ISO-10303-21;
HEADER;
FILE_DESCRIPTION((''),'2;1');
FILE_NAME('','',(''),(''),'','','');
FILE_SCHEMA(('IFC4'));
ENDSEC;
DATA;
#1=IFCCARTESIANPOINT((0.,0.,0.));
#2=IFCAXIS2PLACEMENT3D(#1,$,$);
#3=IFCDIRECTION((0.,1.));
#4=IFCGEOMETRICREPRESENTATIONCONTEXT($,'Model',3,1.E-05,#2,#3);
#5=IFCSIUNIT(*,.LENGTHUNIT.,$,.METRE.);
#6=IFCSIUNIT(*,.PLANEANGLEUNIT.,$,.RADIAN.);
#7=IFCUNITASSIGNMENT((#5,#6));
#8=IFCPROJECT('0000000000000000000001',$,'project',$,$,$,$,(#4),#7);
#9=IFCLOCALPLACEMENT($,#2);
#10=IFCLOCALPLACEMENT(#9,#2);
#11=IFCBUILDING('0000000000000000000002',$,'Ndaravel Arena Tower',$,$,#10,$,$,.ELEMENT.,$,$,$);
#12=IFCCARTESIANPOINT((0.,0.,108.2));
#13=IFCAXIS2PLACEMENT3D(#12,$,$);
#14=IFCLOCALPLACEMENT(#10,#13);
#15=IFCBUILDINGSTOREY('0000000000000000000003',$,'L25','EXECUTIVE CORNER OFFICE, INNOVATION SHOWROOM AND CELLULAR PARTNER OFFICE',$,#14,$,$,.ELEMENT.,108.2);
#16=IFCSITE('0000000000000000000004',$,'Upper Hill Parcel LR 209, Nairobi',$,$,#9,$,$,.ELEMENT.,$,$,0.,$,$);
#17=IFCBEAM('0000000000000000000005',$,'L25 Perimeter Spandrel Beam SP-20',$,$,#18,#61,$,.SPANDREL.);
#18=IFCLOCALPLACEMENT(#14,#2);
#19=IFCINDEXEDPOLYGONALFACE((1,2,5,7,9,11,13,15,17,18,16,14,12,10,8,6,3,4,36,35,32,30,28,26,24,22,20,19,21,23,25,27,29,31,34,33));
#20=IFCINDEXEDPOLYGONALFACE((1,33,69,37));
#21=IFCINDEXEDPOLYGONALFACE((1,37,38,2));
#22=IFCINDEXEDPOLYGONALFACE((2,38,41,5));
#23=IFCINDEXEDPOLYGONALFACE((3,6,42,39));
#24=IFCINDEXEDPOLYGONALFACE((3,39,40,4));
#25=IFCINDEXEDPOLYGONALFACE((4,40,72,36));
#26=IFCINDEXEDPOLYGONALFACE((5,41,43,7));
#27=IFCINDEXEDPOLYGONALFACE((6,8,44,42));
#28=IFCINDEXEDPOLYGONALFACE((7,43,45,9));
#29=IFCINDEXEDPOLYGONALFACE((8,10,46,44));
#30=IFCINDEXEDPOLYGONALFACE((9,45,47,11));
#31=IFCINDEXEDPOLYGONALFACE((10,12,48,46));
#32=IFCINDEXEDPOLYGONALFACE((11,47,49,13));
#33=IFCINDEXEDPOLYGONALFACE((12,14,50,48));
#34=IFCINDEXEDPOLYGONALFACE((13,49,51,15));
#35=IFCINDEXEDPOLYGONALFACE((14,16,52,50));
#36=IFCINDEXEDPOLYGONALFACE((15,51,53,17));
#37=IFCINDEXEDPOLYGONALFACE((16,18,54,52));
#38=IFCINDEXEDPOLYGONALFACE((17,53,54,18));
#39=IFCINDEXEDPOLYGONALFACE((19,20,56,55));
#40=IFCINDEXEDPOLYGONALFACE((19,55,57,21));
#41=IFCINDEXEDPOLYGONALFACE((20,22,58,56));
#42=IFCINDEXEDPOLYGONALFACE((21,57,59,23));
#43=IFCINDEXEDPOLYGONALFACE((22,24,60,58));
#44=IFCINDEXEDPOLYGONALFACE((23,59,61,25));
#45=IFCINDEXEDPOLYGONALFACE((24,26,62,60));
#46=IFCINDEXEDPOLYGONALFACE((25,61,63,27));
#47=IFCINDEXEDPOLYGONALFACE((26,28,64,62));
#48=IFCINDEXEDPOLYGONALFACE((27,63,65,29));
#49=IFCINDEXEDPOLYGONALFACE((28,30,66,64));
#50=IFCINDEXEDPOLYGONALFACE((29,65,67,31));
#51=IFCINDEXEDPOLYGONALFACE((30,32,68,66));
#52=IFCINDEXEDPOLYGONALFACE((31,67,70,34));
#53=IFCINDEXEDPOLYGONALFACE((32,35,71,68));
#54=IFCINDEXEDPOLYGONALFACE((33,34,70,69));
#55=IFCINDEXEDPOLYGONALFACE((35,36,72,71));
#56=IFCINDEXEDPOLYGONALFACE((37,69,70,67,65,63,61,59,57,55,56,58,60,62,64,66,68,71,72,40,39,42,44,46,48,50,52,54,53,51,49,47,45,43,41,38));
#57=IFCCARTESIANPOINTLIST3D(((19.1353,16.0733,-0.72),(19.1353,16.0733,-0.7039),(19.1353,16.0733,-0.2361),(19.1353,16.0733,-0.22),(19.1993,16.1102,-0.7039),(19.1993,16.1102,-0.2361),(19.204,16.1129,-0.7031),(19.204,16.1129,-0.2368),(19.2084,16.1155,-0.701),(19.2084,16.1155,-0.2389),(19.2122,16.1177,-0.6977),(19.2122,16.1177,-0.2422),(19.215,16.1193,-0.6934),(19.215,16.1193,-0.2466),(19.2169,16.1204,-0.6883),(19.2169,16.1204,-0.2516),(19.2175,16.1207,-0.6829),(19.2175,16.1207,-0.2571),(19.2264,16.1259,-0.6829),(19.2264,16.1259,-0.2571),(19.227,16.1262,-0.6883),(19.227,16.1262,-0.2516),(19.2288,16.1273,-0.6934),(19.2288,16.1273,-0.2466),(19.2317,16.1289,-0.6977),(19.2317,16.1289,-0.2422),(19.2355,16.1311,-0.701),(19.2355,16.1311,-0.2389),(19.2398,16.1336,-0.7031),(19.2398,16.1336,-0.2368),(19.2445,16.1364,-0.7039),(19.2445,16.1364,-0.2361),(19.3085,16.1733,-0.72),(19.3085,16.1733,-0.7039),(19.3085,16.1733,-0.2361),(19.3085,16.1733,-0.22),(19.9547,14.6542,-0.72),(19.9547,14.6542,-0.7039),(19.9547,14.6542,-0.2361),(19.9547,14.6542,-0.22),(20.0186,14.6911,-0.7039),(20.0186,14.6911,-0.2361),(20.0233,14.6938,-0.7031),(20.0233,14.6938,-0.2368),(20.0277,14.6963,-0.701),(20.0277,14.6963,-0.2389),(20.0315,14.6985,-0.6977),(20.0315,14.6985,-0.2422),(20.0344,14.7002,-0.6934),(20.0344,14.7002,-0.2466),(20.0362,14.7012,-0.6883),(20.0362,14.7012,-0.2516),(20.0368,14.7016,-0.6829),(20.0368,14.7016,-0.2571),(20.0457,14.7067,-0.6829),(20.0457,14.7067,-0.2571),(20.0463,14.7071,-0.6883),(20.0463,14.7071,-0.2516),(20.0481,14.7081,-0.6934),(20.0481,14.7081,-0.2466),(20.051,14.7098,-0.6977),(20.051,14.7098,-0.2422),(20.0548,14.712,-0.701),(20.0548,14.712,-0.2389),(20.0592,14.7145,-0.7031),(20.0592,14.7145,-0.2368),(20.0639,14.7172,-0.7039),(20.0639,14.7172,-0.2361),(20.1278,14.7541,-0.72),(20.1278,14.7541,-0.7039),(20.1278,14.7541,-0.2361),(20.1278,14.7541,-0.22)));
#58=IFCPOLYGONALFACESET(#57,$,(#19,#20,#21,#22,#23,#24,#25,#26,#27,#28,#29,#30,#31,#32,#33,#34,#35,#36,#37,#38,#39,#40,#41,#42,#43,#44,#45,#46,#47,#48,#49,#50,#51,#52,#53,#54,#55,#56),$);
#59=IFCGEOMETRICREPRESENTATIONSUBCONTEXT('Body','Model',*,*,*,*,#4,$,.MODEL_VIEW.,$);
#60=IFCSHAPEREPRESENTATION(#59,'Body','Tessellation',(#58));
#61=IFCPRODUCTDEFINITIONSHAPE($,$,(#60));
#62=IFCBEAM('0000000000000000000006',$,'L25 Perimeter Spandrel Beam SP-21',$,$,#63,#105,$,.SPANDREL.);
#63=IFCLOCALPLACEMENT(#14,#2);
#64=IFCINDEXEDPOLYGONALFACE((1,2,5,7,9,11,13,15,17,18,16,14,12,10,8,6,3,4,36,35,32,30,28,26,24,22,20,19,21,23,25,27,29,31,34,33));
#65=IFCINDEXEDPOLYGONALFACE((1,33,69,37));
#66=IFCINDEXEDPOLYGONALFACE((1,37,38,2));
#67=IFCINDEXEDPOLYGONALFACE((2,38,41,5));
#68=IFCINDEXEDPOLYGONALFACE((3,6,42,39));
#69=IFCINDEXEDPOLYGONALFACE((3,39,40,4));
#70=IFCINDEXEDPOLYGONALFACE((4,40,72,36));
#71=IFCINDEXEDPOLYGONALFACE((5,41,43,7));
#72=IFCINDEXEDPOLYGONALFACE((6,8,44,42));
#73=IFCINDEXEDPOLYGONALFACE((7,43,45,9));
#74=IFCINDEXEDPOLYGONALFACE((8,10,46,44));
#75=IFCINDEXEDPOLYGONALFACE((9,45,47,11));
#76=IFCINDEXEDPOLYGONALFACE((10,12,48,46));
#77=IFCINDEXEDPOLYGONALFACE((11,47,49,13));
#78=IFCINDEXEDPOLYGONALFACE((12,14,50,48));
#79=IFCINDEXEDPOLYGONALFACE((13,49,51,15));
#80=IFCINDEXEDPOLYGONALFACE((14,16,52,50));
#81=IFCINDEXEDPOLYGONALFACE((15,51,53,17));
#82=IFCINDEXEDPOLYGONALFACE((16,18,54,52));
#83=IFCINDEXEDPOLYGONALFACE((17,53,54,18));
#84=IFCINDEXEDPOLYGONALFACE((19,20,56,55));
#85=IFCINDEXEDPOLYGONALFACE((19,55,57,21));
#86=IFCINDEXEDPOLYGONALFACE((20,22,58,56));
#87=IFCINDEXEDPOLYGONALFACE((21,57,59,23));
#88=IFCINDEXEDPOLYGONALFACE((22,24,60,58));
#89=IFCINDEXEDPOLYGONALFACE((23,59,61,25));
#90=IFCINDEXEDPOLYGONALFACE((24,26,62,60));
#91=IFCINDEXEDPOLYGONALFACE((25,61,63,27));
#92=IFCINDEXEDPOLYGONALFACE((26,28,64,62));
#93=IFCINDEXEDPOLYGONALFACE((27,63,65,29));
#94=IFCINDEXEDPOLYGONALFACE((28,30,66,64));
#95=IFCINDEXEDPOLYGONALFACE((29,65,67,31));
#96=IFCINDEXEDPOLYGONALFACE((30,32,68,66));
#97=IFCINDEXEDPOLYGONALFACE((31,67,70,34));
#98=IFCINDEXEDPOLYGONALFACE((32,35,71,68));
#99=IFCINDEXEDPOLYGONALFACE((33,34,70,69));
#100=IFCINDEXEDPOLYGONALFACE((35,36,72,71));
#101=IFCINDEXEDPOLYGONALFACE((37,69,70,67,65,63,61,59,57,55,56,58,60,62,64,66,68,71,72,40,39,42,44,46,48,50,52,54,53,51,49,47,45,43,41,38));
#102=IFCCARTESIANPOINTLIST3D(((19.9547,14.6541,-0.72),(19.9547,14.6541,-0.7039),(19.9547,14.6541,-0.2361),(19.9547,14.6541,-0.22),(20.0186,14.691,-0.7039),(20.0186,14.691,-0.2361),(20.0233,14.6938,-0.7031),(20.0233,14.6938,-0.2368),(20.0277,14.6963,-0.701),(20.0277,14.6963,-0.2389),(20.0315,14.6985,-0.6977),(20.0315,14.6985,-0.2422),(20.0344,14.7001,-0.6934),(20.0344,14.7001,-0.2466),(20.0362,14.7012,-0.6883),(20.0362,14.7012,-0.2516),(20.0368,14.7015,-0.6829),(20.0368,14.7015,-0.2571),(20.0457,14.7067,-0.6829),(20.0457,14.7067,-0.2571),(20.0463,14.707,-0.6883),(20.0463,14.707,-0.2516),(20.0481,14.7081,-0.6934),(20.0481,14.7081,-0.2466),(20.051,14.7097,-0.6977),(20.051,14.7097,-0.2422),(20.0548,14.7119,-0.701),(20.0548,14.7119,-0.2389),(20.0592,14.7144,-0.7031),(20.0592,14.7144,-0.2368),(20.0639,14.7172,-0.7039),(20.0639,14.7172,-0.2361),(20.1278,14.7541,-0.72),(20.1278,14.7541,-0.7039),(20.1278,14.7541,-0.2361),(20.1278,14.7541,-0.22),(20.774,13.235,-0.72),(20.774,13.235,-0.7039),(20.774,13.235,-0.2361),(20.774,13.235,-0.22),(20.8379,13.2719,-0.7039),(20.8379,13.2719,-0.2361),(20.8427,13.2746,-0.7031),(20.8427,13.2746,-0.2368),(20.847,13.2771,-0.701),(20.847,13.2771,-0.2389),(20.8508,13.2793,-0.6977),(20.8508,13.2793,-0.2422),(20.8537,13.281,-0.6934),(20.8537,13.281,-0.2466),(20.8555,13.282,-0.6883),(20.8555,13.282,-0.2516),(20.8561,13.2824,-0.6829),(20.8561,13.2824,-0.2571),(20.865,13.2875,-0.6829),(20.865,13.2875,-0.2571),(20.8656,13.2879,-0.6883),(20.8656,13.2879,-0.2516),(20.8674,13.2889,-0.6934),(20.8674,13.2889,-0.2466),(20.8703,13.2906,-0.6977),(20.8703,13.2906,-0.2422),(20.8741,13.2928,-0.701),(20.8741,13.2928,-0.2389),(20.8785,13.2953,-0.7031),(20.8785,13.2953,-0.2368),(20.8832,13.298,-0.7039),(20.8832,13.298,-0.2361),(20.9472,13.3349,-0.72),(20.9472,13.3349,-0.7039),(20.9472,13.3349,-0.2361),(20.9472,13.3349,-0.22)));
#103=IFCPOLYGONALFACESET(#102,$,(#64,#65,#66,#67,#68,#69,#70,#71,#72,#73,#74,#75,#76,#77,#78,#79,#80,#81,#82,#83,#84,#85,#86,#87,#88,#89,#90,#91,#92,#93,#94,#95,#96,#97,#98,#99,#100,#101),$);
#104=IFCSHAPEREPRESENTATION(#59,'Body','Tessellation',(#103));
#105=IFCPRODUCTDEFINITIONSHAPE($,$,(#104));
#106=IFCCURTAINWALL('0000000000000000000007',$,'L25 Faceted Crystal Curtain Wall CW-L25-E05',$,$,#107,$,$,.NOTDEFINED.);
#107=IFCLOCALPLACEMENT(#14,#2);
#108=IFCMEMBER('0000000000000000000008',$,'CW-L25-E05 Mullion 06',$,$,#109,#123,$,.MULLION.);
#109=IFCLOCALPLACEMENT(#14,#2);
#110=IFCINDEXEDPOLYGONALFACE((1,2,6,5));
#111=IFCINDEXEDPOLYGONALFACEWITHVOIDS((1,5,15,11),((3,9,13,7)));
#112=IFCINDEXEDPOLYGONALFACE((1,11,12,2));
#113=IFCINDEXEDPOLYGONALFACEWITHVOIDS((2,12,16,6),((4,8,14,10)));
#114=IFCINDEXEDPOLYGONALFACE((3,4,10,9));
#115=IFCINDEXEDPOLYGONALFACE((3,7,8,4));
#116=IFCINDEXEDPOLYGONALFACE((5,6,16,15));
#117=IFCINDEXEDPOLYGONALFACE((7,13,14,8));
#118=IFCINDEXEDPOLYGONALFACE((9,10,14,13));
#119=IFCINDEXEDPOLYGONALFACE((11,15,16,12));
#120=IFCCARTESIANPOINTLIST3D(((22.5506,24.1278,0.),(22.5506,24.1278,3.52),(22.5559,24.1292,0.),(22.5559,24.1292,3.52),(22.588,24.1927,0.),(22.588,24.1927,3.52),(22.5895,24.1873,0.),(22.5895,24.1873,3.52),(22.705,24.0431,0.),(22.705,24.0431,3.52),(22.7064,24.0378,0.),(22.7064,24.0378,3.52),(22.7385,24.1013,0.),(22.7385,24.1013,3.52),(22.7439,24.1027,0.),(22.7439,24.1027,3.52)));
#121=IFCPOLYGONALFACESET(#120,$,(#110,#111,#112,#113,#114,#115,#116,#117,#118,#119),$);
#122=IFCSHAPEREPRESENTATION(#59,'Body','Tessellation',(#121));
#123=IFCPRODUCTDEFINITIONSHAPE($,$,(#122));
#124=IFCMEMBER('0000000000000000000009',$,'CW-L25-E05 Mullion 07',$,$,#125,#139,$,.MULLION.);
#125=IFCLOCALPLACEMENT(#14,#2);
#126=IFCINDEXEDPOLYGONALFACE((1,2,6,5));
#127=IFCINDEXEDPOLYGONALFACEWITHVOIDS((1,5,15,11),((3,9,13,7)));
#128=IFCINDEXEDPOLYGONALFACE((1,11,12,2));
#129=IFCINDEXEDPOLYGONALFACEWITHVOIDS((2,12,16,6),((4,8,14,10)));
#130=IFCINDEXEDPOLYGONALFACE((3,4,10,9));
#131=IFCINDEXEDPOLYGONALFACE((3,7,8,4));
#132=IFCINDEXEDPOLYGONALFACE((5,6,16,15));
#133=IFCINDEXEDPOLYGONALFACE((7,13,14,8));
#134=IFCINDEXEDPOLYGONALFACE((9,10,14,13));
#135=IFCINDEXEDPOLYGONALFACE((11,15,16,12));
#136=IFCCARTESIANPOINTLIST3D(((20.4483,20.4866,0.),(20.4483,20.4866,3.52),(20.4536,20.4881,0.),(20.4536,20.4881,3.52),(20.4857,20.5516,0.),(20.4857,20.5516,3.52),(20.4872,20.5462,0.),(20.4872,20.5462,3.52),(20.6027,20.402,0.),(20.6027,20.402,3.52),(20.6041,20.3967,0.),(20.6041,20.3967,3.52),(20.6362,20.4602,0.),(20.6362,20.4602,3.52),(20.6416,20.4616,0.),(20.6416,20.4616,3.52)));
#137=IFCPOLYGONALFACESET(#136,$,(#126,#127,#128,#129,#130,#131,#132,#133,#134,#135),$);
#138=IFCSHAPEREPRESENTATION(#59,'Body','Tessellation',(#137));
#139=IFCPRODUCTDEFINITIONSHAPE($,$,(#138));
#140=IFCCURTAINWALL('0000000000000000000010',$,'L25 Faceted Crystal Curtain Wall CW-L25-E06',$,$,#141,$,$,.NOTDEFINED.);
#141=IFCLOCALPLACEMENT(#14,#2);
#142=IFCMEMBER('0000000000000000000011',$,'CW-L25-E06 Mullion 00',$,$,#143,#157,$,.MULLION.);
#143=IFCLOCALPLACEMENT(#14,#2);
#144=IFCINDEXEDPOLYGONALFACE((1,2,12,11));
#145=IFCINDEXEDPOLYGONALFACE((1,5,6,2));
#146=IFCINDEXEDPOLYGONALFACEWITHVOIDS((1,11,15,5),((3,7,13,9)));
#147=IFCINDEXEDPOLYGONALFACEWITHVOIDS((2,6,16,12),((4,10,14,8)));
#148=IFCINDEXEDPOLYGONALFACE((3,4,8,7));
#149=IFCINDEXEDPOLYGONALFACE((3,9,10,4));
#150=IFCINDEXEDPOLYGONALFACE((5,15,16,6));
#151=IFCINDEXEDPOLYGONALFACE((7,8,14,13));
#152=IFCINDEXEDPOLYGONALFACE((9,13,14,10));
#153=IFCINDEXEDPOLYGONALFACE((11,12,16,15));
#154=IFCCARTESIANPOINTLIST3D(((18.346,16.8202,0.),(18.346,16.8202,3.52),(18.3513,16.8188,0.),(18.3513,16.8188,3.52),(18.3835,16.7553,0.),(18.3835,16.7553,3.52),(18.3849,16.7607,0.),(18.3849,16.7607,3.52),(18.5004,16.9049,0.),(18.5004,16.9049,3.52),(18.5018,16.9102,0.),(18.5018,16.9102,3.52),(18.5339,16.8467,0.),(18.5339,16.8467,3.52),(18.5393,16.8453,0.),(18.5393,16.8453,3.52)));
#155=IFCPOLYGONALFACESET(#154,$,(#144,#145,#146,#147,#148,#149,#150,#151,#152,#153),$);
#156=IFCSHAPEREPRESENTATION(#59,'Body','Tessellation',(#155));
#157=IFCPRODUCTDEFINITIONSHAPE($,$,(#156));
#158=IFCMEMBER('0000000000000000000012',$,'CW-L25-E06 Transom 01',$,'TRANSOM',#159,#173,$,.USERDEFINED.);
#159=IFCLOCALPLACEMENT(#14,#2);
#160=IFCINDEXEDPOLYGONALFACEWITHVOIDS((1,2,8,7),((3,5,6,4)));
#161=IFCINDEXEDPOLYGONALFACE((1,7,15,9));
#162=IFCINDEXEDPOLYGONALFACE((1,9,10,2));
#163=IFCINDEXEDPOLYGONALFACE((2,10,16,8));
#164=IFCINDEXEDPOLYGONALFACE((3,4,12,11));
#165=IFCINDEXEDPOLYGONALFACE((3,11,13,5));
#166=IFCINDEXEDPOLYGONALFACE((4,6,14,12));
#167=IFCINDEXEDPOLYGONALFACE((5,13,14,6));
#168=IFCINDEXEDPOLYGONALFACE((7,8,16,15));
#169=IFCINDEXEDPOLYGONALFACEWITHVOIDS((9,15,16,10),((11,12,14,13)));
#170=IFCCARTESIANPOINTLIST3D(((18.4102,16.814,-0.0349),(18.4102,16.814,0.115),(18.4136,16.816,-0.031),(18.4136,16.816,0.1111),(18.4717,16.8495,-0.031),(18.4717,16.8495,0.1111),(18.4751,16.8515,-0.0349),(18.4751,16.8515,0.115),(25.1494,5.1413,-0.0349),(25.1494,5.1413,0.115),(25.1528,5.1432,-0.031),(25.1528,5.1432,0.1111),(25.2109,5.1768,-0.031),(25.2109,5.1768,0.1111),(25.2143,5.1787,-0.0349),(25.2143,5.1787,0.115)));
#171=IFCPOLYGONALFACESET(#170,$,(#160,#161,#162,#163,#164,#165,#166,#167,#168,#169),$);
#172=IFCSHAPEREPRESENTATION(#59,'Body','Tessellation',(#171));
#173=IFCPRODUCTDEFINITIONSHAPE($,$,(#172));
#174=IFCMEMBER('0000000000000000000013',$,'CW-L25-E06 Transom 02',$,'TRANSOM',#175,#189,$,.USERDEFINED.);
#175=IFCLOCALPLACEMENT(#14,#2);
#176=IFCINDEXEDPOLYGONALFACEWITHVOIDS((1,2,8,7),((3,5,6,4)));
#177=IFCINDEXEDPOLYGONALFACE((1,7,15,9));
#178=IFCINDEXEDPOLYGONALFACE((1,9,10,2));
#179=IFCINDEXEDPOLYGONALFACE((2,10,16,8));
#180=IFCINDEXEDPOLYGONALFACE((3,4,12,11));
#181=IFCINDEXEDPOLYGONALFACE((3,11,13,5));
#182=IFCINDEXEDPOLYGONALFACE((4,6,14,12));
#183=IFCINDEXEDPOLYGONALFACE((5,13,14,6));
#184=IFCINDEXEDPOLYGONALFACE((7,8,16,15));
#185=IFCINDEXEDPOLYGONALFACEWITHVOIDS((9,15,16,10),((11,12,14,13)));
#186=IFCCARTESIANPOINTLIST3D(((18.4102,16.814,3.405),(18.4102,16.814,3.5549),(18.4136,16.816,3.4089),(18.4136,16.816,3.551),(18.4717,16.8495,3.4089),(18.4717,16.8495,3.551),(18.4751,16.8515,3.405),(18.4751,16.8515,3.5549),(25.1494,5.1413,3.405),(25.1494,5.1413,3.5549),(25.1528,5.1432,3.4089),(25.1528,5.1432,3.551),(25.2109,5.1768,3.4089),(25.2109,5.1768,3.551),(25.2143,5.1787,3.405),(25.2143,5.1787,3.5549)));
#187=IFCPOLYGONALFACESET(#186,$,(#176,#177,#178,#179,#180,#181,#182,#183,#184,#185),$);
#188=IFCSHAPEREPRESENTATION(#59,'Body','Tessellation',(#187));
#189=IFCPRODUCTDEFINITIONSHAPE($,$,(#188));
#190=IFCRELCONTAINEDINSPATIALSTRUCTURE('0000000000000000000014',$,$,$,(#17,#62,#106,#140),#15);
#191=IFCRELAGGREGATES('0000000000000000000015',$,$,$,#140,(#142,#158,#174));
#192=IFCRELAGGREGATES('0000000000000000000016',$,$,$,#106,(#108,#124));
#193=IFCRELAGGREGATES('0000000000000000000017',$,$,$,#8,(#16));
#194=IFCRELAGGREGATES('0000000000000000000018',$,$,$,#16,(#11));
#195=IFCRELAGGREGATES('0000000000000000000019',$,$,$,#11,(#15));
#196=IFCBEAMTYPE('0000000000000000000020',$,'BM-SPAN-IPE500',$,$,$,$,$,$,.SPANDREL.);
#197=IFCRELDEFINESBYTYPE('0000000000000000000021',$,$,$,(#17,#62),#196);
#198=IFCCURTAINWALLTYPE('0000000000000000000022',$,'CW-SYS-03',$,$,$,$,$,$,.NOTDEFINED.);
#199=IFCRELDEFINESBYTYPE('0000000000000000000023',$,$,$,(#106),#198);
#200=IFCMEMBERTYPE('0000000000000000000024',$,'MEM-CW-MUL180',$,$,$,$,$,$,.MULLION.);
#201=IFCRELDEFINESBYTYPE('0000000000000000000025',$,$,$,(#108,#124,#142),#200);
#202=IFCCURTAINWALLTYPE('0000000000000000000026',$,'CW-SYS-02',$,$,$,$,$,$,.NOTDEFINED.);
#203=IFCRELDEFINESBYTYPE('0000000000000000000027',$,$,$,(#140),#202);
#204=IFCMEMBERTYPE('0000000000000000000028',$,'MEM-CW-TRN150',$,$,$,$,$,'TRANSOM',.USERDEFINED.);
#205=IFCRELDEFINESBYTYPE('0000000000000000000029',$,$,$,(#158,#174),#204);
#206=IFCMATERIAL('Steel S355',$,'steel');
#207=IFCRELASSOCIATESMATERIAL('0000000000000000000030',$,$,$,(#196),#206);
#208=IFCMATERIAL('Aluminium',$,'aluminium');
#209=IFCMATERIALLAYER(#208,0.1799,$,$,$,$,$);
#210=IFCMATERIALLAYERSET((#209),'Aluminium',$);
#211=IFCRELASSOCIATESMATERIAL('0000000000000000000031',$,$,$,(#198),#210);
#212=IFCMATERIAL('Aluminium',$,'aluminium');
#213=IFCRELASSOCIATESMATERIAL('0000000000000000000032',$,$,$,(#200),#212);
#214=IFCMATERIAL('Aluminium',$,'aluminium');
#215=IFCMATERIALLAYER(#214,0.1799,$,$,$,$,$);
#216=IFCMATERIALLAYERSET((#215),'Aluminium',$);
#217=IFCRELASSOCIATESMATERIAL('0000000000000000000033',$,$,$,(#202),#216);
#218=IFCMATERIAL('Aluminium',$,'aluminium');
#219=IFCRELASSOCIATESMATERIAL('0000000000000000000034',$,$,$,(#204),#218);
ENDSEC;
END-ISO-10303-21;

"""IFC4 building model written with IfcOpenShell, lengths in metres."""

from ifc_helpers import new_model, si_unit, direction, frame, origin, origin_2d, place, context, subcontext, project, spatial, hollow_rectangle, i_section, extrude, material, layer, layer_set, material_profile, profile_set, type_object, element, aggregate, save


model = new_model("IFC4")

# Units and contexts
model_context = context("Model", 3, precision=1e-05, world=origin(), true_north=direction((0.0, 1.0)))
body_context = subcontext(model_context, "Body", "Model", "MODEL_VIEW")
ifc_project = project(units=[si_unit("LENGTHUNIT", "METRE"), si_unit("PLANEANGLEUNIT", "RADIAN")], contexts=[model_context])

# Site, building, storey
site_placement = place(None, origin())
site = spatial("IfcSite", under=ifc_project, at=site_placement, Name="Upper Hill Parcel LR 209, Nairobi", CompositionType="ELEMENT", RefElevation=0.0)
building_placement = place(site_placement, origin())
building = spatial("IfcBuilding", under=site, at=building_placement, Name="Ndaravel Arena Tower", CompositionType="ELEMENT")
storey_placement = place(building_placement, frame((0.0, 0.0, 108.2)))
storey = spatial("IfcBuildingStorey", under=building, at=storey_placement, Name="L25", Description="EXECUTIVE CORNER OFFICE, INNOVATION SHOWROOM AND CELLULAR PARTNER OFFICE", CompositionType="ELEMENT", Elevation=108.2)

# Beams
ifc_material_1 = material(Name="Steel S355", Category="steel")
ifc_material_profile_1 = material_profile(ifc_material_1, i_section(OverallWidth=0.2, OverallDepth=0.5, WebThickness=0.0103, FlangeThickness=0.0161, FilletRadius=0.021, at=origin_2d()), Name="IPE 500")
ifc_profile_set_1 = profile_set([ifc_material_profile_1], Name="Steel S355")
beam_type_1 = type_object("IfcBeamType", Name="BM-SPAN-IPE500", PredefinedType="SPANDREL", material=ifc_profile_set_1)
for number, where, z_axis, x_axis, name in (
    (1, (19.2219, 16.1233, -0.47), (0.499985, -0.866034, 0.0), (0.866034, 0.499985, 0.0), "L25 Perimeter Spandrel Beam SP-20"),
    (2, (20.0413, 14.7041, -0.47), (0.499985, -0.866034, 0.0), (0.866034, 0.499985, 0.0), "L25 Perimeter Spandrel Beam SP-21"),
):
    element("IfcBeam", number, at=place(storey_placement, frame(where, z_axis=z_axis, x_axis=x_axis)), inside=storey, type_object=beam_type_1, Name=name, PredefinedType="SPANDREL", context=body_context, shape_type="SweptSolid", body=[
        extrude(i_section(OverallWidth=0.2, OverallDepth=0.5, WebThickness=0.0103, FlangeThickness=0.0161, FilletRadius=0.021, at=origin_2d()), origin(), (0.0, 0.0, 1.0), 1.6387),
    ])

# Curtain wall, members
ifc_material_2 = material(Name="Aluminium", Category="aluminium")
ifc_layer_1 = layer(ifc_material_2, 0.1799)
ifc_layer_set_1 = layer_set([ifc_layer_1], Name="Aluminium")
curtain_wall_type_1 = type_object("IfcCurtainWallType", Name="CW-SYS-03", PredefinedType="NOTDEFINED", material=ifc_layer_set_1)
curtain_wall_1_placement = place(storey_placement, origin())
curtain_wall_1 = element("IfcCurtainWall", 3, at=curtain_wall_1_placement, inside=storey, type_object=curtain_wall_type_1, Name="L25 Faceted Crystal Curtain Wall CW-L25-E05", PredefinedType="NOTDEFINED")
ifc_material_3 = material(Name="Aluminium", Category="aluminium")
ifc_material_profile_2 = material_profile(ifc_material_3, hollow_rectangle(XDim=0.075, YDim=0.1799, WallThickness=0.0039, at=origin_2d()), Name="CW MULLION 75x180x4")
ifc_profile_set_2 = profile_set([ifc_material_profile_2], Name="Aluminium")
member_type_1 = type_object("IfcMemberType", Name="MEM-CW-MUL180", PredefinedType="MULLION", material=ifc_profile_set_2)
member_1_placement = place(storey_placement, frame((22.6472, 24.1152, 0.0), z_axis=(0.0, 0.0, 1.0), x_axis=(-0.5, -0.866025, 0.0)))
member_1 = element("IfcMember", 4, at=member_1_placement, type_object=member_type_1, Name="CW-L25-E05 Mullion 06", PredefinedType="MULLION", context=body_context, shape_type="SweptSolid", body=[
    extrude(hollow_rectangle(XDim=0.075, YDim=0.1799, WallThickness=0.0039, at=origin_2d()), origin(), (0.0, 0.0, 1.0), 3.52),
])
member_2_placement = place(storey_placement, frame((20.5449, 20.4741, 0.0), z_axis=(0.0, 0.0, 1.0), x_axis=(-0.5, -0.866025, 0.0)))
member_2 = element("IfcMember", 5, at=member_2_placement, type_object=member_type_1, Name="CW-L25-E05 Mullion 07", PredefinedType="MULLION", context=body_context, shape_type="SweptSolid", body=[
    extrude(hollow_rectangle(XDim=0.075, YDim=0.1799, WallThickness=0.0039, at=origin_2d()), origin(), (0.0, 0.0, 1.0), 3.52),
])

# Curtain wall, members
ifc_material_4 = material(Name="Aluminium", Category="aluminium")
ifc_layer_2 = layer(ifc_material_4, 0.1799)
ifc_layer_set_2 = layer_set([ifc_layer_2], Name="Aluminium")
curtain_wall_type_2 = type_object("IfcCurtainWallType", Name="CW-SYS-02", PredefinedType="NOTDEFINED", material=ifc_layer_set_2)
curtain_wall_2_placement = place(storey_placement, origin())
curtain_wall_2 = element("IfcCurtainWall", 6, at=curtain_wall_2_placement, inside=storey, type_object=curtain_wall_type_2, Name="L25 Faceted Crystal Curtain Wall CW-L25-E06", PredefinedType="NOTDEFINED")
member_3_placement = place(storey_placement, frame((18.4426, 16.8328, 0.0), z_axis=(0.0, 0.0, 1.0), x_axis=(0.5, -0.866025, 0.0)))
member_3 = element("IfcMember", 7, at=member_3_placement, type_object=member_type_1, Name="CW-L25-E06 Mullion 00", PredefinedType="MULLION", context=body_context, shape_type="SweptSolid", body=[
    extrude(hollow_rectangle(XDim=0.075, YDim=0.1799, WallThickness=0.0039, at=origin_2d()), origin(), (0.0, 0.0, 1.0), 3.52),
])
ifc_material_5 = material(Name="Aluminium", Category="aluminium")
ifc_material_profile_3 = material_profile(ifc_material_5, hollow_rectangle(XDim=0.075, YDim=0.1499, WallThickness=0.0039, at=origin_2d()), Name="CW TRANSOM 75x150x4")
ifc_profile_set_3 = profile_set([ifc_material_profile_3], Name="Aluminium")
member_type_2 = type_object("IfcMemberType", Name="MEM-CW-TRN150", ElementType="TRANSOM", PredefinedType="USERDEFINED", material=ifc_profile_set_3)
member_4_placement = place(storey_placement, frame((18.4426, 16.8328, 0.04), z_axis=(0.499996, -0.866028, 0.0), x_axis=(0.866028, 0.499996, 0.0)))
member_4 = element("IfcMember", 8, at=member_4_placement, type_object=member_type_2, Name="CW-L25-E06 Transom 01", ObjectType="TRANSOM", PredefinedType="USERDEFINED", context=body_context, shape_type="SweptSolid", body=[
    extrude(hollow_rectangle(XDim=0.075, YDim=0.1499, WallThickness=0.0039, at=origin_2d()), origin(), (0.0, 0.0, 1.0), 13.4785),
])
member_5_placement = place(storey_placement, frame((18.4426, 16.8328, 3.48), z_axis=(0.499996, -0.866028, 0.0), x_axis=(0.866028, 0.499996, 0.0)))
member_5 = element("IfcMember", 9, at=member_5_placement, type_object=member_type_2, Name="CW-L25-E06 Transom 02", ObjectType="TRANSOM", PredefinedType="USERDEFINED", context=body_context, shape_type="SweptSolid", body=[
    extrude(hollow_rectangle(XDim=0.075, YDim=0.1499, WallThickness=0.0039, at=origin_2d()), origin(), (0.0, 0.0, 1.0), 13.4785),
])
aggregate(curtain_wall_2, [member_3, member_4, member_5])

aggregate(curtain_wall_1, [member_1, member_2])

save(model, "model.ifc")
